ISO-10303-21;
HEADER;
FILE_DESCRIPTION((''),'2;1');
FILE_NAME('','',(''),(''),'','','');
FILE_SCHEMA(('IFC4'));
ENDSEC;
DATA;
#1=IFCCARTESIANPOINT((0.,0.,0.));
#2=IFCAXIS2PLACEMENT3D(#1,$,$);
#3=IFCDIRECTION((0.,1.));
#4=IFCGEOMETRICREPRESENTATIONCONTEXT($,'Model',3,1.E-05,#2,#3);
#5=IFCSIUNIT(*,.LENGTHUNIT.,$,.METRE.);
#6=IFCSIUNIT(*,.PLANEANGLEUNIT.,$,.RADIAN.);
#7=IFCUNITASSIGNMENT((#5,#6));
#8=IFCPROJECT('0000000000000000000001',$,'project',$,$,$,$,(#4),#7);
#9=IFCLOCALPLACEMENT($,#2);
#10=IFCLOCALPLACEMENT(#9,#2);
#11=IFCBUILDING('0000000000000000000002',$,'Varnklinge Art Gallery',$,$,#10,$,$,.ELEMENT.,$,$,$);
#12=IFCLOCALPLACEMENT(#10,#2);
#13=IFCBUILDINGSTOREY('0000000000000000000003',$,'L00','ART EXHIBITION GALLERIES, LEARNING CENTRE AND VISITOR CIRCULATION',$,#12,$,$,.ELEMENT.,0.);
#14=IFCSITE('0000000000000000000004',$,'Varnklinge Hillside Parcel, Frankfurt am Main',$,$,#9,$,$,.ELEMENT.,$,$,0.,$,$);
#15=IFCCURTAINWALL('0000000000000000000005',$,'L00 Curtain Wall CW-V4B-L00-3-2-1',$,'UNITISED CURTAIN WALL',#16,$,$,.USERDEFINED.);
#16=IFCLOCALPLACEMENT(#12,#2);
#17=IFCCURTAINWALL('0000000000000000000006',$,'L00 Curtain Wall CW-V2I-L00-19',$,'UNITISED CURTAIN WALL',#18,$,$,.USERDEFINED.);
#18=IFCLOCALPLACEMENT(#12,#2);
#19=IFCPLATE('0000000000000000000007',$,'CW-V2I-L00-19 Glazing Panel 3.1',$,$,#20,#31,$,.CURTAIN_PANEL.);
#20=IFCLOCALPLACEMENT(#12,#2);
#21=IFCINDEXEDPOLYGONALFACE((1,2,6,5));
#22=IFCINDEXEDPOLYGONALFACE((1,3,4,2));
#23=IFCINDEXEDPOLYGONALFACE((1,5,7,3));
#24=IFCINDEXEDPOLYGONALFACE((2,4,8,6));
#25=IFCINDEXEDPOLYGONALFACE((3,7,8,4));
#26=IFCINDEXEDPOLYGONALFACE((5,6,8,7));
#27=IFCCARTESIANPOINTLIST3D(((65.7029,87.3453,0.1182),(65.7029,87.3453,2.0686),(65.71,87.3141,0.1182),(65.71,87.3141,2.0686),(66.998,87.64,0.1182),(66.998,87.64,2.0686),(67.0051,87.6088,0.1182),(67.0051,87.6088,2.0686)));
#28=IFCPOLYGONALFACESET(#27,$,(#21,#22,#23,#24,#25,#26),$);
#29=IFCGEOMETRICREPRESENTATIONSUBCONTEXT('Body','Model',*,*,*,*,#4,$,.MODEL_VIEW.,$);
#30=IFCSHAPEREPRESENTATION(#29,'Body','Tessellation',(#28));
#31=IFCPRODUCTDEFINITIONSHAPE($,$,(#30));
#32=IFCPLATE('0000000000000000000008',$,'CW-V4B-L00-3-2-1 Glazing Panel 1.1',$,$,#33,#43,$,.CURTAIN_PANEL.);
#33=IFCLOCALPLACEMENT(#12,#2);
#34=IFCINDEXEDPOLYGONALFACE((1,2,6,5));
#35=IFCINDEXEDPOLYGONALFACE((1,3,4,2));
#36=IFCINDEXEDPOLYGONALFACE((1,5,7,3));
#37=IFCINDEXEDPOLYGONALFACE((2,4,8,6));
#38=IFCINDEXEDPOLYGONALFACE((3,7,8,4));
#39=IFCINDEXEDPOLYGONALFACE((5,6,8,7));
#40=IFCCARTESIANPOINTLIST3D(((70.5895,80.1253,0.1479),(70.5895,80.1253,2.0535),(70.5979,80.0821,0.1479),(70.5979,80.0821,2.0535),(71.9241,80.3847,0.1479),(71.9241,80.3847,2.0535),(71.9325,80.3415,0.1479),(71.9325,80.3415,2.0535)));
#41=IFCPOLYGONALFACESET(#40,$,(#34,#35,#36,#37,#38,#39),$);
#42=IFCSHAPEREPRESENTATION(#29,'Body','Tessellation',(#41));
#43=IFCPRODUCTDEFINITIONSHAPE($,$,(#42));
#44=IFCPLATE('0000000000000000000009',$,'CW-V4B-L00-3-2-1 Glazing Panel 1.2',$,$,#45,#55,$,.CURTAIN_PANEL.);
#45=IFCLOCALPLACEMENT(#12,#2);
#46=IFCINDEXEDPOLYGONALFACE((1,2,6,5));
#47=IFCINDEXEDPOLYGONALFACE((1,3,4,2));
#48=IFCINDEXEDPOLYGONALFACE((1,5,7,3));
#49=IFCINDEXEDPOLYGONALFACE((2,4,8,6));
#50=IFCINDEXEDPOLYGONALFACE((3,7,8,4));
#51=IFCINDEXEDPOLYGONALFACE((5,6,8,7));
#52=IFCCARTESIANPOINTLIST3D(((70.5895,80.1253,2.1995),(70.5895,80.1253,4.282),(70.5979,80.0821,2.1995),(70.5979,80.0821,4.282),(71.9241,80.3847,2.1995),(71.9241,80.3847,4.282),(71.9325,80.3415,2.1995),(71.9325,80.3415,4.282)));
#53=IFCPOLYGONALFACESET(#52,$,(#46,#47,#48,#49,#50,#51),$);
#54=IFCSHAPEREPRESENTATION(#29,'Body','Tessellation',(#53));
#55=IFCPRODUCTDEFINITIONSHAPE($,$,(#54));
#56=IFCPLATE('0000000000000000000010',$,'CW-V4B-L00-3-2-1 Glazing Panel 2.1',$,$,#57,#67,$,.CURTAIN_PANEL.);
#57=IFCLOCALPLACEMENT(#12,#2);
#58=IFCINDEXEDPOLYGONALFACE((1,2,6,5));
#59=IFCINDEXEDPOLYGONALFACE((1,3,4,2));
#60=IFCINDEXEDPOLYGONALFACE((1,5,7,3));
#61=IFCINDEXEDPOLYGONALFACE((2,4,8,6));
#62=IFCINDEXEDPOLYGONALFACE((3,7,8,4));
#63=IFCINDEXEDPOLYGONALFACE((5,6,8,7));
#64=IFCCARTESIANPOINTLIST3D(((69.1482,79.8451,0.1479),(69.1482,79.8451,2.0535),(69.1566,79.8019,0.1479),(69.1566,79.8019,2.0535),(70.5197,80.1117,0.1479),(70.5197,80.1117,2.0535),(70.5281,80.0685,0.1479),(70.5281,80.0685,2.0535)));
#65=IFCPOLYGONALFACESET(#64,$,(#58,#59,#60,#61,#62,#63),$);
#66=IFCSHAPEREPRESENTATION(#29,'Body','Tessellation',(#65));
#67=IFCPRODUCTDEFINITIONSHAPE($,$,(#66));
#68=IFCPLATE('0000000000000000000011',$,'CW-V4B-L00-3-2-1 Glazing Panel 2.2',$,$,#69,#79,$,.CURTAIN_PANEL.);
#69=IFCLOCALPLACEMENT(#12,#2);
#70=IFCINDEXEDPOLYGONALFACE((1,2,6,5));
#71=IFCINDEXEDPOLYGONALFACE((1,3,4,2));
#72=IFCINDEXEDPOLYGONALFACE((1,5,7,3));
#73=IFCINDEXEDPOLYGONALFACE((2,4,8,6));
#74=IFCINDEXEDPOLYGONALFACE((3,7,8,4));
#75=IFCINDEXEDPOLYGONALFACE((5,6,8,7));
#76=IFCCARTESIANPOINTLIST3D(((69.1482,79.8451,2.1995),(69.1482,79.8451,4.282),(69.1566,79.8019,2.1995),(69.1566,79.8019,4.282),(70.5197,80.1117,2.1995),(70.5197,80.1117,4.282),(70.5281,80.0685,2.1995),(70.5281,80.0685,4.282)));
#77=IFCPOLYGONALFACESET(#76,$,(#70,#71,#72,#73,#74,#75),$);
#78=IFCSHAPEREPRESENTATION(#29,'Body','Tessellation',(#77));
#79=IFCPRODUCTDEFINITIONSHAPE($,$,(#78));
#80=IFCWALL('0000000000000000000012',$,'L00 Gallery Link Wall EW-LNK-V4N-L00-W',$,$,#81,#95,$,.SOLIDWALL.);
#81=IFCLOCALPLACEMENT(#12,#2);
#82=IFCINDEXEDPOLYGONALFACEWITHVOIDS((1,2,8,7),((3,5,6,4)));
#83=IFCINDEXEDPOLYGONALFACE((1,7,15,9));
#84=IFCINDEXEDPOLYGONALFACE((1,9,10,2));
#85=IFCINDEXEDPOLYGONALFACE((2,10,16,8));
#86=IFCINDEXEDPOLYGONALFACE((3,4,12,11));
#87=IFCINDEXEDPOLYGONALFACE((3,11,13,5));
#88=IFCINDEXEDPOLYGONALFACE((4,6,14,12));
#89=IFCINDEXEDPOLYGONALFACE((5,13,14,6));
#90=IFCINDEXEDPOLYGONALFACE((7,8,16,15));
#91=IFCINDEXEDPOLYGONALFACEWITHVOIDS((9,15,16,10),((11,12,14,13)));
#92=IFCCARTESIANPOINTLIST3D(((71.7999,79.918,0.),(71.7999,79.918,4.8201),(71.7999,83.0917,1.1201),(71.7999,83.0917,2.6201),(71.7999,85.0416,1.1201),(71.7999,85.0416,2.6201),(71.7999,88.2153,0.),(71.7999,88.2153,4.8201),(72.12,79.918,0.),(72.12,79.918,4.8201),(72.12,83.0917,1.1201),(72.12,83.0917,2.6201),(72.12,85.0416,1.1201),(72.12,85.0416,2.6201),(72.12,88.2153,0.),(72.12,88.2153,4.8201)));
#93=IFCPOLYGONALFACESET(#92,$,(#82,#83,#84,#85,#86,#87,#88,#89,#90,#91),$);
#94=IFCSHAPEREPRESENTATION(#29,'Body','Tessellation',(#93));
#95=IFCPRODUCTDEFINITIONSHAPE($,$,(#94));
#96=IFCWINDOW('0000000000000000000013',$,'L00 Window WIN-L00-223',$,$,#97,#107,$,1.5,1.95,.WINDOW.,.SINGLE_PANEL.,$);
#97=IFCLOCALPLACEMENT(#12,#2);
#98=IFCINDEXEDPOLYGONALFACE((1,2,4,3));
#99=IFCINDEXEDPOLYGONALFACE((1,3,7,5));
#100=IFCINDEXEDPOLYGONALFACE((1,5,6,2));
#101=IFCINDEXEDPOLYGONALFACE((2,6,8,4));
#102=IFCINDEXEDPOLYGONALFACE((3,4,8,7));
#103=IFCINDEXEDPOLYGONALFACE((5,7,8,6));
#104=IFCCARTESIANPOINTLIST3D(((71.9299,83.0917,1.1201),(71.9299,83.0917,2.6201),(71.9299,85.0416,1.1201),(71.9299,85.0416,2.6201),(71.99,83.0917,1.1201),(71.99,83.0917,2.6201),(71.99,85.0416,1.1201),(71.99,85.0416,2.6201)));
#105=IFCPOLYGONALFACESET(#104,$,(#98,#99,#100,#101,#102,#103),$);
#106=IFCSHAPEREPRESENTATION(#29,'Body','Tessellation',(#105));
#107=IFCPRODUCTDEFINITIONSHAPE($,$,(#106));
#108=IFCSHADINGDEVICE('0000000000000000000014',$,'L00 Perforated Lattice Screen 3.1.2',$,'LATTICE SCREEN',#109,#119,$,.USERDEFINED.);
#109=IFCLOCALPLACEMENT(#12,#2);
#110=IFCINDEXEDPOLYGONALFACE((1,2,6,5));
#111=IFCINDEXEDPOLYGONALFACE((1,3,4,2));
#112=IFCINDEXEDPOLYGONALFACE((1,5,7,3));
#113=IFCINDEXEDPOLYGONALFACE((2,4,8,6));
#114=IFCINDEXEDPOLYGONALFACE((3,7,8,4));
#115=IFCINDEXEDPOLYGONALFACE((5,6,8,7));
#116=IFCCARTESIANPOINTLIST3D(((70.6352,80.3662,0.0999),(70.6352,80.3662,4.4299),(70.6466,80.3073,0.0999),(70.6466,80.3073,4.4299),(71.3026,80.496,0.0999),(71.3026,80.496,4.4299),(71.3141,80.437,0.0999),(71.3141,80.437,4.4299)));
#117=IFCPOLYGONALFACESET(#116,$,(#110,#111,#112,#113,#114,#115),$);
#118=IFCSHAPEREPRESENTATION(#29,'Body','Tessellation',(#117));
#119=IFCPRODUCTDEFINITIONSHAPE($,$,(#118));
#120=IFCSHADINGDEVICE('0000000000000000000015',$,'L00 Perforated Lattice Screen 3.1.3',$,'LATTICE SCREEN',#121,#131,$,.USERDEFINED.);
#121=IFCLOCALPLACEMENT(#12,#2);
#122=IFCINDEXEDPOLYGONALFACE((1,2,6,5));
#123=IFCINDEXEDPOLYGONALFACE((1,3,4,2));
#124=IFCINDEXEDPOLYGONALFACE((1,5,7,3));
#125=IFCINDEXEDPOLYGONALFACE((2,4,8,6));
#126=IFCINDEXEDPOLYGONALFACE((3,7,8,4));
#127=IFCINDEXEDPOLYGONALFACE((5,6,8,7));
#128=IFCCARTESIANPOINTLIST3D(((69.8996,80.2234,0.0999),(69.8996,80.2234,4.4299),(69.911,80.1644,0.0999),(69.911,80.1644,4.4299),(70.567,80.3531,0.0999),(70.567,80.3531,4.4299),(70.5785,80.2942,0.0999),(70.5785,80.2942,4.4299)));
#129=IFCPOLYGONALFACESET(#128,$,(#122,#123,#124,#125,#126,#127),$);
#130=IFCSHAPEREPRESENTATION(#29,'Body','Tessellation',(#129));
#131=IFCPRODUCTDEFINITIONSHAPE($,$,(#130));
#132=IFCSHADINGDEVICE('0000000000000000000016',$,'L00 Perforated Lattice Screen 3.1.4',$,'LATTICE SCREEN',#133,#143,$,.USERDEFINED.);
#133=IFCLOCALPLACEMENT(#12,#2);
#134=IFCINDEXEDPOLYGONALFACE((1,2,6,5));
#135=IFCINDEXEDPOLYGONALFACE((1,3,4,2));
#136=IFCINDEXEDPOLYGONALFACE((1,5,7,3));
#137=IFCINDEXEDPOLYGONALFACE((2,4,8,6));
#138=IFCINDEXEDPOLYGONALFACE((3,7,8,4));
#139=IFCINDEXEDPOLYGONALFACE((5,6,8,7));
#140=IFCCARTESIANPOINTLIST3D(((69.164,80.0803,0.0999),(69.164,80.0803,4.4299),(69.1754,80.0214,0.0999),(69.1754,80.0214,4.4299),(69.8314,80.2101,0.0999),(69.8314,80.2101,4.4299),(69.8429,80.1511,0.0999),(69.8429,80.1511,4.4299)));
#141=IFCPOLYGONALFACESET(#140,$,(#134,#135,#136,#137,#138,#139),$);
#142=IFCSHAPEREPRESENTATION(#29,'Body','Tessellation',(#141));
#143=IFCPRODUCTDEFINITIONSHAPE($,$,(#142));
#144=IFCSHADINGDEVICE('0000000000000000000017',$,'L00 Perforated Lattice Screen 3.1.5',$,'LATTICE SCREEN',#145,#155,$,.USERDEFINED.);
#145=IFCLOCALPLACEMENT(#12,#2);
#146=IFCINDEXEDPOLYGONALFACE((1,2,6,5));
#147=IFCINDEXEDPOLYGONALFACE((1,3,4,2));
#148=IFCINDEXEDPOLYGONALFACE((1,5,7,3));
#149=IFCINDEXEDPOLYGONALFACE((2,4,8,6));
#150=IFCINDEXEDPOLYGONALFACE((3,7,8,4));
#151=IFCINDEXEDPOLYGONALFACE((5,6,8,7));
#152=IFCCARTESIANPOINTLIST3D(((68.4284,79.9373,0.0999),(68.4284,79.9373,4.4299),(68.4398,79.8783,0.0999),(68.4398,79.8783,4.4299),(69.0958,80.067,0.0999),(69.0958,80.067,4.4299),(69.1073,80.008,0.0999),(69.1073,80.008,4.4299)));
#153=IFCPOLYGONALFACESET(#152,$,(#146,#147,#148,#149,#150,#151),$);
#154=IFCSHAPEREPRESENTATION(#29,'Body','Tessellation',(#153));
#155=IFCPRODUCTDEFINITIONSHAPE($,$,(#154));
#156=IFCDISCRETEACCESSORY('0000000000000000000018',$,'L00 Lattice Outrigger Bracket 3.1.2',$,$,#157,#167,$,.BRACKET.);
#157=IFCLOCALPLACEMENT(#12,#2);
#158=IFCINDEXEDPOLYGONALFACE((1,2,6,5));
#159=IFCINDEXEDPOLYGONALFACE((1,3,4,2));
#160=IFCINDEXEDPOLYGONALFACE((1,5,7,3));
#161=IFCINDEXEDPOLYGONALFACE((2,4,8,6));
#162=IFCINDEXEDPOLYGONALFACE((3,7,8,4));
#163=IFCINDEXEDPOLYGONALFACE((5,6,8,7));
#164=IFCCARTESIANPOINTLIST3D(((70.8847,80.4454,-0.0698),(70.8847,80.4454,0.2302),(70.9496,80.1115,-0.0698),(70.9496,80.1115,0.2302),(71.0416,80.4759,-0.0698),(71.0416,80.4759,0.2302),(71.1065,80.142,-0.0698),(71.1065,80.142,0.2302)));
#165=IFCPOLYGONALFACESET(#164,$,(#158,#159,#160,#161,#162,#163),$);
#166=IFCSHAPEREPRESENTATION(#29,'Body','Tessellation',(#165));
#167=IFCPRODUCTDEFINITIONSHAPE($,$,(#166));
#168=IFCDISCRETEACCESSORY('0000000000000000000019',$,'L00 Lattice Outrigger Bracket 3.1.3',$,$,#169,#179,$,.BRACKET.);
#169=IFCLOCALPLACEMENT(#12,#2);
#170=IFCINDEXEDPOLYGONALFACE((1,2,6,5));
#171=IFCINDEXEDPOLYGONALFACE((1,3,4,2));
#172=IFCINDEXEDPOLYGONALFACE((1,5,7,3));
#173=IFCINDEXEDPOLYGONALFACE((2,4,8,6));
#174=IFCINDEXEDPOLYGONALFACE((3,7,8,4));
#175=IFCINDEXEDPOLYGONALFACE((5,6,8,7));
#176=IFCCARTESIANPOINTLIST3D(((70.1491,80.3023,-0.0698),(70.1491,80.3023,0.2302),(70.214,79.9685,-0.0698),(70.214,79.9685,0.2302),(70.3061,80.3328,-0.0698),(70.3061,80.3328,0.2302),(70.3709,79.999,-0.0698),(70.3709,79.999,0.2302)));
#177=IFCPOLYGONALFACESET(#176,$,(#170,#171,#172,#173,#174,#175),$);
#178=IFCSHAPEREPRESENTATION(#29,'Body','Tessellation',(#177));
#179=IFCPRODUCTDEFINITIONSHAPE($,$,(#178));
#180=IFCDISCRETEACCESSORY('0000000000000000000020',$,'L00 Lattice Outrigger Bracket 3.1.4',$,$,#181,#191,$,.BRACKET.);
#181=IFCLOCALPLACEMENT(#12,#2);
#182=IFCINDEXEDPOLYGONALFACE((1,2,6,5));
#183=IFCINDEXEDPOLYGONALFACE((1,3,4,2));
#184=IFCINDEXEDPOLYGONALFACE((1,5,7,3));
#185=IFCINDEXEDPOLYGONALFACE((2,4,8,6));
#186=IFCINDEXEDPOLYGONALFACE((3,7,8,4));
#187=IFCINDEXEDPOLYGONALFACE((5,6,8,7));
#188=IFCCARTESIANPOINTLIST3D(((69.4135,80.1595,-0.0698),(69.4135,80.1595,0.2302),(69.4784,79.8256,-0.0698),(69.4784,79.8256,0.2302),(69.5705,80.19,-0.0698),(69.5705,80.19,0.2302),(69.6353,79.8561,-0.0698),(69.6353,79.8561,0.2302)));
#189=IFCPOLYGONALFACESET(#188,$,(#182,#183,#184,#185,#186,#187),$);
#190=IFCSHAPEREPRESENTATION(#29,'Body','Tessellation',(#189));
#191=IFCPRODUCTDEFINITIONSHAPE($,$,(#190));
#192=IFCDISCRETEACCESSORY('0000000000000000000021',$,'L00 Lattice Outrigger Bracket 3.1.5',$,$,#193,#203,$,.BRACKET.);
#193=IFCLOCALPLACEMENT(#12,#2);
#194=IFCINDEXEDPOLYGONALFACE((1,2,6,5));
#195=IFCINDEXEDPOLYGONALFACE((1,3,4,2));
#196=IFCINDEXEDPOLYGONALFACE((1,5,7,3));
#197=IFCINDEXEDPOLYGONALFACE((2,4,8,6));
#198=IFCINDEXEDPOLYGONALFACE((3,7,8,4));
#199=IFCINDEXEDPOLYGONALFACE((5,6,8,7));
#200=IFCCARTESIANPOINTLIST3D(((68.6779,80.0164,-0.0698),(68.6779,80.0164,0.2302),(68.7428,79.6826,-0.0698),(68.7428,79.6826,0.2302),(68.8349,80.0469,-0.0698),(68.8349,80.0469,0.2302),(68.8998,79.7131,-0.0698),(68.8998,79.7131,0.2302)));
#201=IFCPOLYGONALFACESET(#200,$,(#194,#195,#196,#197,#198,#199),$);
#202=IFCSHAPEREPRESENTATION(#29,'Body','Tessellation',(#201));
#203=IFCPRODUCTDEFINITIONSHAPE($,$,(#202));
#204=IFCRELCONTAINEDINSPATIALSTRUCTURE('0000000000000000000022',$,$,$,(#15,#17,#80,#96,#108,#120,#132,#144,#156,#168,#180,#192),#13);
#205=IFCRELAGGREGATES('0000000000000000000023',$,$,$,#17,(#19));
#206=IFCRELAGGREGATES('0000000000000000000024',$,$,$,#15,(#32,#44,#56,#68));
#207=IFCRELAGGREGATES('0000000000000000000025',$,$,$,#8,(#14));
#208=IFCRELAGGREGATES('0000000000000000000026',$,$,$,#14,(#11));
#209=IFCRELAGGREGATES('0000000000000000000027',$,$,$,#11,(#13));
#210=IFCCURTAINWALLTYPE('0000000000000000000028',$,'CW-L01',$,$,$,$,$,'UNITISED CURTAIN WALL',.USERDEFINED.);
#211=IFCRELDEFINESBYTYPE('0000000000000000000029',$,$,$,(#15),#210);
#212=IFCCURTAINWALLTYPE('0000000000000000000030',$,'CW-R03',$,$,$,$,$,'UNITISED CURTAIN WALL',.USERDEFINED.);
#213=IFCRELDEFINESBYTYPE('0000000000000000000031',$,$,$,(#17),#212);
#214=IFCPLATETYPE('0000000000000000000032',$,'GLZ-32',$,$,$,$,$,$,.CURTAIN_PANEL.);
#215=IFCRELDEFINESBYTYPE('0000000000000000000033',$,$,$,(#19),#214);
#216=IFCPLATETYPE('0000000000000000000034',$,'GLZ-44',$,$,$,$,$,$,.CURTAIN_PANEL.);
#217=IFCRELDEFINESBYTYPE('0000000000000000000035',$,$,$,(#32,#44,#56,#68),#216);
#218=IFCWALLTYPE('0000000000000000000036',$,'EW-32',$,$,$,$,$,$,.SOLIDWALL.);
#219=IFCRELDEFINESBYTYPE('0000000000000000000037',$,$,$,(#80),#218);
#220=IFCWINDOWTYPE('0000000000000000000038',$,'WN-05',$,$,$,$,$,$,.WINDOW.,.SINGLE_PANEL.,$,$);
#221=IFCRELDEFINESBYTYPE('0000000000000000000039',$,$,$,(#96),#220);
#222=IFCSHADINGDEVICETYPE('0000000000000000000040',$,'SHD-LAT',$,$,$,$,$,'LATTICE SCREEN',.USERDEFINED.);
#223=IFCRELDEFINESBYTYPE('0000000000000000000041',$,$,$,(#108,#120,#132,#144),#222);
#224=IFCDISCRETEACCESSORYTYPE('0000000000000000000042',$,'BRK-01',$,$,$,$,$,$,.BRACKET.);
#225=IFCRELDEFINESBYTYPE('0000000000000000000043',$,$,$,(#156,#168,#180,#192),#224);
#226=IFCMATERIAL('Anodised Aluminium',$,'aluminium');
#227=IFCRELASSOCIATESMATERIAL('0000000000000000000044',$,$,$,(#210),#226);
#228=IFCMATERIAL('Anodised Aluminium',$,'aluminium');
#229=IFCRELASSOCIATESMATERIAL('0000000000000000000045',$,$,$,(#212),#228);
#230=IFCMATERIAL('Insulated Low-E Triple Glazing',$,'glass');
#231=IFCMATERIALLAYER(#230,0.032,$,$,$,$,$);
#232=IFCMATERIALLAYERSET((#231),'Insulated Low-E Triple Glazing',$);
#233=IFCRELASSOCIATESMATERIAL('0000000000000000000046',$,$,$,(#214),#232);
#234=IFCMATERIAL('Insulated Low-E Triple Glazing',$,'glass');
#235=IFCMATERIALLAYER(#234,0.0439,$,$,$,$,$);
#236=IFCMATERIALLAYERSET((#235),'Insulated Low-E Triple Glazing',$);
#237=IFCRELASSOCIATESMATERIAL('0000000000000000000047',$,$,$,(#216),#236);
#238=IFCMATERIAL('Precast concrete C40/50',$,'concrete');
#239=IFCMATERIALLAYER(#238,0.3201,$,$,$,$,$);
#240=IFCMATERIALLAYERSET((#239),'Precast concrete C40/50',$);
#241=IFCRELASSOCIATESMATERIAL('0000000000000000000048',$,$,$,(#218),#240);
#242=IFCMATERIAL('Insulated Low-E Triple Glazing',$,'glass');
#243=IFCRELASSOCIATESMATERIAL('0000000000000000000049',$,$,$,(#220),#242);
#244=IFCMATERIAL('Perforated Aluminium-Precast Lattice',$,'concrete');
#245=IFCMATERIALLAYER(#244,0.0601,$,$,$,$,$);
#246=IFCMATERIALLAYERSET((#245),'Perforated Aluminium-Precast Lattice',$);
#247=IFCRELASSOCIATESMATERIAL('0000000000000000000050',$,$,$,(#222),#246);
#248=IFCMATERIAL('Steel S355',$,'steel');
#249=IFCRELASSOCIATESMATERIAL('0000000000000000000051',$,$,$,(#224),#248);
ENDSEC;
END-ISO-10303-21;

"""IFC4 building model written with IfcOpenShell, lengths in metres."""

from ifc_helpers import new_model, si_unit, direction, frame, frame_2d, origin, origin_2d, place, context, subcontext, project, spatial, rectangle, extrude, material, layer, layer_set, type_object, element, fill, aggregate, save


model = new_model("IFC4")

# Units and contexts
model_context = context("Model", 3, precision=1e-05, world=origin(), true_north=direction((0.0, 1.0)))
body_context = subcontext(model_context, "Body", "Model", "MODEL_VIEW")
ifc_project = project(units=[si_unit("LENGTHUNIT", "METRE"), si_unit("PLANEANGLEUNIT", "RADIAN")], contexts=[model_context])

# Site, building, storey
site_placement = place(None, origin())
site = spatial("IfcSite", under=ifc_project, at=site_placement, Name="Varnklinge Hillside Parcel, Frankfurt am Main", CompositionType="ELEMENT", RefElevation=0.0)
building_placement = place(site_placement, origin())
building = spatial("IfcBuilding", under=site, at=building_placement, Name="Varnklinge Art Gallery", CompositionType="ELEMENT")
storey_placement = place(building_placement, origin())
storey = spatial("IfcBuildingStorey", under=building, at=storey_placement, Name="L00", Description="ART EXHIBITION GALLERIES, LEARNING CENTRE AND VISITOR CIRCULATION", CompositionType="ELEMENT", Elevation=0.0)

# Curtain wall
ifc_material_1 = material(Name="Anodised Aluminium", Category="aluminium")
curtain_wall_type_1 = type_object("IfcCurtainWallType", Name="CW-L01", ElementType="UNITISED CURTAIN WALL", PredefinedType="USERDEFINED", material=ifc_material_1)
curtain_wall_1_placement = place(storey_placement, origin())
curtain_wall_1 = element("IfcCurtainWall", 1, at=curtain_wall_1_placement, inside=storey, type_object=curtain_wall_type_1, Name="L00 Curtain Wall CW-V4B-L00-3-2-1", ObjectType="UNITISED CURTAIN WALL", PredefinedType="USERDEFINED")

# Curtain wall
ifc_material_2 = material(Name="Anodised Aluminium", Category="aluminium")
curtain_wall_type_2 = type_object("IfcCurtainWallType", Name="CW-R03", ElementType="UNITISED CURTAIN WALL", PredefinedType="USERDEFINED", material=ifc_material_2)
curtain_wall_2_placement = place(storey_placement, origin())
curtain_wall_2 = element("IfcCurtainWall", 2, at=curtain_wall_2_placement, inside=storey, type_object=curtain_wall_type_2, Name="L00 Curtain Wall CW-V2I-L00-19", ObjectType="UNITISED CURTAIN WALL", PredefinedType="USERDEFINED")

# Plates
ifc_material_3 = material(Name="Insulated Low-E Triple Glazing", Category="glass")
ifc_layer_1 = layer(ifc_material_3, 0.032)
ifc_layer_set_1 = layer_set([ifc_layer_1], Name="Insulated Low-E Triple Glazing")
plate_type_1 = type_object("IfcPlateType", Name="GLZ-32", PredefinedType="CURTAIN_PANEL", material=ifc_layer_set_1)
plate_1_placement = place(storey_placement, frame((66.354, 87.4771, 0.1182), z_axis=(0.0, 0.0, 1.0), x_axis=(0.975072, 0.221889, 0.0)))
plate_1 = element("IfcPlate", 3, at=plate_1_placement, type_object=plate_type_1, Name="CW-V2I-L00-19 Glazing Panel 3.1", PredefinedType="CURTAIN_PANEL", context=body_context, shape_type="SweptSolid", body=[
    extrude(rectangle(XDim=1.3281, YDim=0.032, at=origin_2d()), origin(), (0.0, 0.0, 1.0), 1.9504),
])
aggregate(curtain_wall_2, [plate_1])
ifc_material_4 = material(Name="Insulated Low-E Triple Glazing", Category="glass")
ifc_layer_2 = layer(ifc_material_4, 0.0439)
ifc_layer_set_2 = layer_set([ifc_layer_2], Name="Insulated Low-E Triple Glazing")
plate_type_2 = type_object("IfcPlateType", Name="GLZ-44", PredefinedType="CURTAIN_PANEL", material=ifc_layer_set_2)
plate_2_placement = place(storey_placement, frame((71.261, 80.2334, 0.1479), z_axis=(0.0, 0.0, 1.0), x_axis=(-0.981627, -0.190809, 0.0)))
plate_2 = element("IfcPlate", 4, at=plate_2_placement, type_object=plate_type_2, Name="CW-V4B-L00-3-2-1 Glazing Panel 1.1", PredefinedType="CURTAIN_PANEL", context=body_context, shape_type="SweptSolid", body=[
    extrude(rectangle(XDim=1.3596, YDim=0.0439, at=origin_2d()), origin(), (0.0, 0.0, 1.0), 1.9055),
])
plate_3_placement = place(storey_placement, frame((71.261, 80.2334, 2.1995), z_axis=(0.0, 0.0, 1.0), x_axis=(-0.981627, -0.190809, 0.0)))
plate_3 = element("IfcPlate", 5, at=plate_3_placement, type_object=plate_type_2, Name="CW-V4B-L00-3-2-1 Glazing Panel 1.2", PredefinedType="CURTAIN_PANEL", context=body_context, shape_type="SweptSolid", body=[
    extrude(rectangle(XDim=1.3596, YDim=0.0439, at=origin_2d()), origin(), (0.0, 0.0, 1.0), 2.0825),
])
plate_4_placement = place(storey_placement, frame((69.8381, 79.9568, 0.1479), z_axis=(0.0, 0.0, 1.0), x_axis=(-0.981627, -0.190809, 0.0)))
plate_4 = element("IfcPlate", 6, at=plate_4_placement, type_object=plate_type_2, Name="CW-V4B-L00-3-2-1 Glazing Panel 2.1", PredefinedType="CURTAIN_PANEL", context=body_context, shape_type="SweptSolid", body=[
    extrude(rectangle(XDim=1.3972, YDim=0.0439, at=origin_2d()), origin(), (0.0, 0.0, 1.0), 1.9055),
])
plate_5_placement = place(storey_placement, frame((69.8381, 79.9568, 2.1995), z_axis=(0.0, 0.0, 1.0), x_axis=(-0.981627, -0.190809, 0.0)))
plate_5 = element("IfcPlate", 7, at=plate_5_placement, type_object=plate_type_2, Name="CW-V4B-L00-3-2-1 Glazing Panel 2.2", PredefinedType="CURTAIN_PANEL", context=body_context, shape_type="SweptSolid", body=[
    extrude(rectangle(XDim=1.3972, YDim=0.0439, at=origin_2d()), origin(), (0.0, 0.0, 1.0), 2.0825),
])
aggregate(curtain_wall_1, [plate_2, plate_3, plate_4, plate_5])

# Wall, opening, window
ifc_material_5 = material(Name="Precast concrete C40/50", Category="concrete")
ifc_layer_3 = layer(ifc_material_5, 0.3201)
ifc_layer_set_3 = layer_set([ifc_layer_3], Name="Precast concrete C40/50")
wall_type = type_object("IfcWallType", Name="EW-32", PredefinedType="SOLIDWALL", material=ifc_layer_set_3)
wall_placement = place(storey_placement, frame((71.96, 79.918, 0.0), z_axis=(0.0, 0.0, 1.0), x_axis=(0.0, 1.0, 0.0)))
wall = element("IfcWall", 8, at=wall_placement, inside=storey, type_object=wall_type, Name="L00 Gallery Link Wall EW-LNK-V4N-L00-W", PredefinedType="SOLIDWALL", context=body_context, shape_type="SweptSolid", body=[
    extrude(rectangle(XDim=8.2974, YDim=0.3201, at=frame_2d((4.1487, 0.0))), origin(), (0.0, 0.0, 1.0), 4.8201),
])
opening_placement = place(wall_placement, frame((3.1736, 0.0, 1.1201)))
opening = element("IfcOpeningElement", 9, at=opening_placement, cuts=wall, PredefinedType="OPENING", context=body_context, shape_type="SweptSolid", body=[
    extrude(rectangle(XDim=1.95, YDim=1.5, at=frame_2d((0.9751, 0.75))), frame((0.0, 0.1702, 0.0), z_axis=(0.0, -1.0, 0.0), x_axis=(1.0, 0.0, 0.0)), (0.0, 0.0, 1.0), 0.3401),
])
ifc_material_6 = material(Name="Insulated Low-E Triple Glazing", Category="glass")
window_type = type_object("IfcWindowType", Name="WN-05", PartitioningType="SINGLE_PANEL", PredefinedType="WINDOW", material=ifc_material_6)
window_placement = place(opening_placement, origin())
window = element("IfcWindow", 10, at=window_placement, inside=storey, type_object=window_type, Name="L00 Window WIN-L00-223", OverallHeight=1.5, OverallWidth=1.95, PartitioningType="SINGLE_PANEL", PredefinedType="WINDOW", context=body_context, shape_type="SweptSolid", body=[
    extrude(rectangle(XDim=1.95, YDim=1.5, at=frame_2d((0.9751, 0.75))), frame((0.0, 0.03, 0.0), z_axis=(0.0, -1.0, 0.0), x_axis=(1.0, 0.0, 0.0)), (0.0, 0.0, 1.0), 0.0601),
])
fill(opening, window)

# Shading devices
ifc_material_7 = material(Name="Perforated Aluminium-Precast Lattice", Category="concrete")
ifc_layer_4 = layer(ifc_material_7, 0.0601)
ifc_layer_set_4 = layer_set([ifc_layer_4], Name="Perforated Aluminium-Precast Lattice")
shading_device_type = type_object("IfcShadingDeviceType", Name="SHD-LAT", ElementType="LATTICE SCREEN", PredefinedType="USERDEFINED", material=ifc_layer_set_4)
for number, where, z_axis, x_axis, name in (
    (11, (70.9746, 80.4016, 0.0999), (0.0, 0.0, 1.0), (-0.981627, -0.190809, 0.0), "L00 Perforated Lattice Screen 3.1.2"),
    (12, (70.239, 80.2588, 0.0999), (0.0, 0.0, 1.0), (-0.981627, -0.190809, 0.0), "L00 Perforated Lattice Screen 3.1.3"),
    (13, (69.5034, 80.1157, 0.0999), (0.0, 0.0, 1.0), (-0.981627, -0.190809, 0.0), "L00 Perforated Lattice Screen 3.1.4"),
    (14, (68.7678, 79.9727, 0.0999), (0.0, 0.0, 1.0), (-0.981627, -0.190809, 0.0), "L00 Perforated Lattice Screen 3.1.5"),
):
    element("IfcShadingDevice", number, at=place(storey_placement, frame(where, z_axis=z_axis, x_axis=x_axis)), inside=storey, type_object=shading_device_type, Name=name, ObjectType="LATTICE SCREEN", PredefinedType="USERDEFINED", context=body_context, shape_type="SweptSolid", body=[
        extrude(rectangle(XDim=0.6799, YDim=0.0601, at=origin_2d()), origin(), (0.0, 0.0, 1.0), 4.3301),
    ])

# Discrete accessories
ifc_material_8 = material(Name="Steel S355", Category="steel")
discrete_accessory_type = type_object("IfcDiscreteAccessoryType", Name="BRK-01", PredefinedType="BRACKET", material=ifc_material_8)
for number, where, z_axis, x_axis, name in (
    (15, (70.9956, 80.2937, -0.0698), (0.0, 0.0, 1.0), (-0.981627, -0.190809, 0.0), "L00 Lattice Outrigger Bracket 3.1.2"),
    (16, (70.26, 80.1506, -0.0698), (0.0, 0.0, 1.0), (-0.981627, -0.190809, 0.0), "L00 Lattice Outrigger Bracket 3.1.3"),
    (17, (69.5244, 80.0078, -0.0698), (0.0, 0.0, 1.0), (-0.981627, -0.190809, 0.0), "L00 Lattice Outrigger Bracket 3.1.4"),
    (18, (68.7888, 79.8647, -0.0698), (0.0, 0.0, 1.0), (-0.981627, -0.190809, 0.0), "L00 Lattice Outrigger Bracket 3.1.5"),
):
    element("IfcDiscreteAccessory", number, at=place(storey_placement, frame(where, z_axis=z_axis, x_axis=x_axis)), inside=storey, type_object=discrete_accessory_type, Name=name, PredefinedType="BRACKET", context=body_context, shape_type="SweptSolid", body=[
        extrude(rectangle(XDim=0.1599, YDim=0.3401, at=origin_2d()), origin(), (0.0, 0.0, 1.0), 0.3),
    ])

save(model, "model.ifc")
